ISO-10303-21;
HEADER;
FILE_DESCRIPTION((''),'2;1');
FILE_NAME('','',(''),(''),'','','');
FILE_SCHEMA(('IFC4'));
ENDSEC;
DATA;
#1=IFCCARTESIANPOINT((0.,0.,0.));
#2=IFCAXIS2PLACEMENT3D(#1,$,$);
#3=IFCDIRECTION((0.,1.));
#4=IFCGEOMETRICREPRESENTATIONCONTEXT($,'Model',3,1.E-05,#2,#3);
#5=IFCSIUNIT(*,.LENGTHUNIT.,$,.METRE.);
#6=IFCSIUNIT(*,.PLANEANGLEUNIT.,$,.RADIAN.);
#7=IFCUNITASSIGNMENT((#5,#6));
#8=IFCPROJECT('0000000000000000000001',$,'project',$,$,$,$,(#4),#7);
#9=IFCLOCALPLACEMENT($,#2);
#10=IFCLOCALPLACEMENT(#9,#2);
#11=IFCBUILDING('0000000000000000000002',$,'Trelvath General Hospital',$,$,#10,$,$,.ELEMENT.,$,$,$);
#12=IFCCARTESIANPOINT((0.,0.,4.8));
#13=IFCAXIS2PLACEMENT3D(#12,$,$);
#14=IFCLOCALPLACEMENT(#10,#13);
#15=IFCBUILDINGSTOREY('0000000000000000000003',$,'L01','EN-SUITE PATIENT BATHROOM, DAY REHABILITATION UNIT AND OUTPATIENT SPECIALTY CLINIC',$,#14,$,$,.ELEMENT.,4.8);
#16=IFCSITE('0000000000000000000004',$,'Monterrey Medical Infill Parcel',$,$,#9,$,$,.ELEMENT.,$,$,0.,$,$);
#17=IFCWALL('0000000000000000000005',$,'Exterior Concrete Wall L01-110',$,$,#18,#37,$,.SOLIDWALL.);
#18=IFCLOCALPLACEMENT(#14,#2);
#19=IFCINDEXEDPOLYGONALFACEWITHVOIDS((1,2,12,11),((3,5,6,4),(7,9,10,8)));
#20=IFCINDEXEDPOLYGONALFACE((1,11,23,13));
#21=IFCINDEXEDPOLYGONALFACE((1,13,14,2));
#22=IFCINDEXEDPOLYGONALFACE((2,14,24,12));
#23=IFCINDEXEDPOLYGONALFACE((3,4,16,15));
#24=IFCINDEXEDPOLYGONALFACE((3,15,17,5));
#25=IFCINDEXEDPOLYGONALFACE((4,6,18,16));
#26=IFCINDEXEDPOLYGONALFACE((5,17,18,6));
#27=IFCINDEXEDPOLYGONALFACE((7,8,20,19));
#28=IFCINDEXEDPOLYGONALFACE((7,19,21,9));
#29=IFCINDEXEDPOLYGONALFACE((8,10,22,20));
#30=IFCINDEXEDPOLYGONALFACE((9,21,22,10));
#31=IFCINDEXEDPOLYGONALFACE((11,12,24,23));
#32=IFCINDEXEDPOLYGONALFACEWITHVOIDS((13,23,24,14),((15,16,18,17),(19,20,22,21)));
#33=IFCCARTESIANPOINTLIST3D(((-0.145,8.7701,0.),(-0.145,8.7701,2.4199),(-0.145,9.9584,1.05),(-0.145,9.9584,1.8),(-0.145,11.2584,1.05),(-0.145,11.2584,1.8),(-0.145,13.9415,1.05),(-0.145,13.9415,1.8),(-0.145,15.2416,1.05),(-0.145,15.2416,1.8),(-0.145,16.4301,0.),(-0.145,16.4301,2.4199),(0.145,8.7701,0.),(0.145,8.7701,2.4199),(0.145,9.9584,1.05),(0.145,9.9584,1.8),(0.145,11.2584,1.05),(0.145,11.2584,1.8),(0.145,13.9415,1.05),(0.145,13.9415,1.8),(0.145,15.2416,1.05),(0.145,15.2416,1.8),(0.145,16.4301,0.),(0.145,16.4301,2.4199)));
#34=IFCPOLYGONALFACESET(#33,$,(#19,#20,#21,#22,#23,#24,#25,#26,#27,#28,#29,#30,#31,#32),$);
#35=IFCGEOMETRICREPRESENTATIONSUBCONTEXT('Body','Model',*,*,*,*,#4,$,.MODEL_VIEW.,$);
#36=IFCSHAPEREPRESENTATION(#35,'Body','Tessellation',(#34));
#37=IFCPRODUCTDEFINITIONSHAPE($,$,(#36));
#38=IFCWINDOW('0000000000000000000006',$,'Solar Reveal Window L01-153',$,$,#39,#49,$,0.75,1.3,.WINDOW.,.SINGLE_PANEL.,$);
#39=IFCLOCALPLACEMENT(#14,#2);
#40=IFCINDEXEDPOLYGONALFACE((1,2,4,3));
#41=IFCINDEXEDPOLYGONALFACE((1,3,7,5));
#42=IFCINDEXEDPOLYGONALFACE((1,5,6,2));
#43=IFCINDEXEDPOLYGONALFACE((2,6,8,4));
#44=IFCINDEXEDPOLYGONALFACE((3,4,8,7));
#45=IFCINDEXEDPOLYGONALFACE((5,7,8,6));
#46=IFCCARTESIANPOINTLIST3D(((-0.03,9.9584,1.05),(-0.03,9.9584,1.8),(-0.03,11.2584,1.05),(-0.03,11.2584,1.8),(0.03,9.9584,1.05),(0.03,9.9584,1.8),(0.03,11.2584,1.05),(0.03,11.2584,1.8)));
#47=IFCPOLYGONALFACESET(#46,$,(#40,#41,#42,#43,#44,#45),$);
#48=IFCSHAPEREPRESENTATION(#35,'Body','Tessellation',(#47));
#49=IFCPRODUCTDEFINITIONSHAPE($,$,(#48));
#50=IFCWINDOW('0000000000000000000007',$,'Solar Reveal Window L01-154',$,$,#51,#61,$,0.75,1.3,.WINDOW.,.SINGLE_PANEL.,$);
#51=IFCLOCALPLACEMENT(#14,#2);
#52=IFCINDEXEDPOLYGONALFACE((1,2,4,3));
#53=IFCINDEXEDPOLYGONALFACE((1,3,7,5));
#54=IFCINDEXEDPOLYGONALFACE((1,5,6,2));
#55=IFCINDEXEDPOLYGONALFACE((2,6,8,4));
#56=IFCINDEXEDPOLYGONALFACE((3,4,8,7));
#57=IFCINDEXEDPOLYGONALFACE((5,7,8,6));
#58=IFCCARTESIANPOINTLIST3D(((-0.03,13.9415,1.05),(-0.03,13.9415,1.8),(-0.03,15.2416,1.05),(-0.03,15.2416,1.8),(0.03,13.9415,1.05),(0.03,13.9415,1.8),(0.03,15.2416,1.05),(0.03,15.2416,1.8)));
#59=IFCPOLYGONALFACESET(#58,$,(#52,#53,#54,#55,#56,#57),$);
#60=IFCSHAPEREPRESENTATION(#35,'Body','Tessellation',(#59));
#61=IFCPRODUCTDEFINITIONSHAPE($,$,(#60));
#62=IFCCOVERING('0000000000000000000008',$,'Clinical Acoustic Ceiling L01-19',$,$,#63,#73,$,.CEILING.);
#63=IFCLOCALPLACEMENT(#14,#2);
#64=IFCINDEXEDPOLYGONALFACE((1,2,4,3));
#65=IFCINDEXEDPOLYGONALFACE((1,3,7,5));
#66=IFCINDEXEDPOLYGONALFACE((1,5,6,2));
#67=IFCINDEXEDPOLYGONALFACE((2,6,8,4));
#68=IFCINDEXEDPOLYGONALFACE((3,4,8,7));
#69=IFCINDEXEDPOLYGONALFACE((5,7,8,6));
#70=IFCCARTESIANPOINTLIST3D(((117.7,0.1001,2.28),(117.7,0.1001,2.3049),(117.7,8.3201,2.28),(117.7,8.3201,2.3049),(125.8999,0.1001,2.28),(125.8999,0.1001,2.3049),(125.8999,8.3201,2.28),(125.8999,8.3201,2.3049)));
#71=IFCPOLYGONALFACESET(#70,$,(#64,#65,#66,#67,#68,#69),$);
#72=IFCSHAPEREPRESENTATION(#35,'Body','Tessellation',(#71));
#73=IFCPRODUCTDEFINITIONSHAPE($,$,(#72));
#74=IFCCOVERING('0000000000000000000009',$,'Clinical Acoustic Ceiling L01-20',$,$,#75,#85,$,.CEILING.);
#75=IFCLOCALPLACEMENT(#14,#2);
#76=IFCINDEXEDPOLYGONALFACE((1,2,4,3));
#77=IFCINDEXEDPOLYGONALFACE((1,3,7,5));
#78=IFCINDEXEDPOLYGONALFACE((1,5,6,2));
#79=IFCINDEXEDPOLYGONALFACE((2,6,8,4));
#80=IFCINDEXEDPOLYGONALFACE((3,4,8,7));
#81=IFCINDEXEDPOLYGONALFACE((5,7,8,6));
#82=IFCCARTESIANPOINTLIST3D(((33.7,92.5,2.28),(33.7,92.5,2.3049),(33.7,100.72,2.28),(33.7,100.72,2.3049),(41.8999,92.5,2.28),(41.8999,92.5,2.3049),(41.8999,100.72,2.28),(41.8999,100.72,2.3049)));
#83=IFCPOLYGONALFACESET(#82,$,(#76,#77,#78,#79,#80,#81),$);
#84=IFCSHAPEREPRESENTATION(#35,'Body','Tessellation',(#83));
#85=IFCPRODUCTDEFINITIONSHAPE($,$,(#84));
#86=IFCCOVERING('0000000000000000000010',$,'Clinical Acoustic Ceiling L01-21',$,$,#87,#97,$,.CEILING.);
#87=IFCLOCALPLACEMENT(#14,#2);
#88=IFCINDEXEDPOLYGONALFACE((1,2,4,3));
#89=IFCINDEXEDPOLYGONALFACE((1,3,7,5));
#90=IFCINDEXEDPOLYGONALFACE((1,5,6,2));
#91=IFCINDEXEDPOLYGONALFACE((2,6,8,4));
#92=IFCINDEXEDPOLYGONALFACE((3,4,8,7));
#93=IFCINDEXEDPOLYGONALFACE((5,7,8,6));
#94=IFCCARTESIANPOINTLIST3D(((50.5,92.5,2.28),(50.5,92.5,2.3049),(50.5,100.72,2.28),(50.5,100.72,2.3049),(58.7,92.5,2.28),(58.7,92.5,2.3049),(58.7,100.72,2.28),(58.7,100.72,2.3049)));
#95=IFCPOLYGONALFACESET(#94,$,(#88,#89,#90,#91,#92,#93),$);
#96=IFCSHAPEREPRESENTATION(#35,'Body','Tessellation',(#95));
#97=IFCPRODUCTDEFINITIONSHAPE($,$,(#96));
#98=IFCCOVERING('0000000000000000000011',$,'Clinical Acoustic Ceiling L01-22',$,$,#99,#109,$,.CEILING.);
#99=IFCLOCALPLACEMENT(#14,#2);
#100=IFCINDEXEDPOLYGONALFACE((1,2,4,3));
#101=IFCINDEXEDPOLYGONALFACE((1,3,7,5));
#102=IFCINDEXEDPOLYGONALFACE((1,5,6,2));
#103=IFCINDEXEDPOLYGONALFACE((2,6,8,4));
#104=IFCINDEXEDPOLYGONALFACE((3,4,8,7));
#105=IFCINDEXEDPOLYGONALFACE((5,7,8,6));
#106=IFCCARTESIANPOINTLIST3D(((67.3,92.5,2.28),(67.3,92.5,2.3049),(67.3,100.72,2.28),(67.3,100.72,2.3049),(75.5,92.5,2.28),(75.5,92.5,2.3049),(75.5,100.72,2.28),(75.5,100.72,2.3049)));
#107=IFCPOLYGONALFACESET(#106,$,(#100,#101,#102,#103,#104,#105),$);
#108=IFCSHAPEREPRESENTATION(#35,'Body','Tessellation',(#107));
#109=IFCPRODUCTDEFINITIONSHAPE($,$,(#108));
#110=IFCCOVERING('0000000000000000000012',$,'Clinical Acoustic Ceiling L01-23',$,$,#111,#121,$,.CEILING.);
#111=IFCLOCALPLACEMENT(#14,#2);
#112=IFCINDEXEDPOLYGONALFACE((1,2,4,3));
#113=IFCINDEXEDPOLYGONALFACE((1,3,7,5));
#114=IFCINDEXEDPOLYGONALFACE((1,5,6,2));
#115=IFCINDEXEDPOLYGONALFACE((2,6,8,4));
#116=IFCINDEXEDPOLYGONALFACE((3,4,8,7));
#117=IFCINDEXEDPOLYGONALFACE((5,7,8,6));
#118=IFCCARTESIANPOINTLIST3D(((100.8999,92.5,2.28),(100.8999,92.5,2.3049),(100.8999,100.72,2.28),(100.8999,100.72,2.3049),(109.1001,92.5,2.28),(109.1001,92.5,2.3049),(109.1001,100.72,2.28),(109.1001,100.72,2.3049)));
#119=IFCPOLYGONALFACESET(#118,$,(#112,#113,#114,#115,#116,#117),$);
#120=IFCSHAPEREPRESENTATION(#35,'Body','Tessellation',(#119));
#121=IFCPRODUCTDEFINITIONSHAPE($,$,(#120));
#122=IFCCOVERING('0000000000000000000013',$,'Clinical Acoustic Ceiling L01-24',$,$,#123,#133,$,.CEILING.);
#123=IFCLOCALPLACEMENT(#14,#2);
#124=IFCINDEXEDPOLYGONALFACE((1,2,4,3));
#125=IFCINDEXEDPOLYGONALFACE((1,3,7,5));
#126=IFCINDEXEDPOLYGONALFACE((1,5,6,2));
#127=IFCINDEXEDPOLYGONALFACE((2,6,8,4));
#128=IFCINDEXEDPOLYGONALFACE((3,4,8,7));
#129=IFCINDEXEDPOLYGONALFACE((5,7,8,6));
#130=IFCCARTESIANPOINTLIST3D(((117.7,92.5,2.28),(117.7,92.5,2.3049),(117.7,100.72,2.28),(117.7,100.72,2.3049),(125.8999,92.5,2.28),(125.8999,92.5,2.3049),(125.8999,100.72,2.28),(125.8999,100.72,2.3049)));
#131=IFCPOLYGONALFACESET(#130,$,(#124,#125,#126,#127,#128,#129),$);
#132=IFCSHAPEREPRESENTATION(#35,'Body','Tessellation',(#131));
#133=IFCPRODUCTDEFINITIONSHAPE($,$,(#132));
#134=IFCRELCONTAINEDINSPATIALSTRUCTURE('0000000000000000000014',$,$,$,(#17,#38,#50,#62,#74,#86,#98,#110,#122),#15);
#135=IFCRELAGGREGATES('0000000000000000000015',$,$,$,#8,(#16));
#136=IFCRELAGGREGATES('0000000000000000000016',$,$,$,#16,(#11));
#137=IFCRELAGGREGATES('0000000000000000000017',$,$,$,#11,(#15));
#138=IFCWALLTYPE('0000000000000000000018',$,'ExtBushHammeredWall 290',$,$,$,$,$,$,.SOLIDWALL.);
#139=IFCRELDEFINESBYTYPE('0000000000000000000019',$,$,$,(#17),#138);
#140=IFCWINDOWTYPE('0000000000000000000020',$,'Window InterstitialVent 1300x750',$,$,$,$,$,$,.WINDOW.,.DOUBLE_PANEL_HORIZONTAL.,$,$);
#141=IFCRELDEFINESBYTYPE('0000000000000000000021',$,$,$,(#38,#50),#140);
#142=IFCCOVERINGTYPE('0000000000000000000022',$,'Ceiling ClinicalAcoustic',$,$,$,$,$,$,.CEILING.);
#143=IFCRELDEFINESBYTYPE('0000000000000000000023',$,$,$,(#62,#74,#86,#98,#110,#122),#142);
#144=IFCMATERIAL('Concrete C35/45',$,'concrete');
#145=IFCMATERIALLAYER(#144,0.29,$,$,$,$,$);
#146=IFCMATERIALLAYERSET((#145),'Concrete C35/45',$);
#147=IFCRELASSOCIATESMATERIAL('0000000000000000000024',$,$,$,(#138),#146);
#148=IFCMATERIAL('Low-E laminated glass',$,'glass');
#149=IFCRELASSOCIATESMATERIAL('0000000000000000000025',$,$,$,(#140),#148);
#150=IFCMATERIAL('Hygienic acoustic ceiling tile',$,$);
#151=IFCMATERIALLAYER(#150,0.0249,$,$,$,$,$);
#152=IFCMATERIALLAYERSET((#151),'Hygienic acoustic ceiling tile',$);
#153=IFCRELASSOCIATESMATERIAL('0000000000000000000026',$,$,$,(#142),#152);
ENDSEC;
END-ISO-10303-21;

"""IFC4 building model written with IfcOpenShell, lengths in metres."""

from ifc_helpers import new_model, si_unit, direction, frame, frame_2d, origin, place, context, subcontext, project, spatial, polyline, rectangle, outline, extrude, material, layer, layer_set, type_object, element, fill, save


model = new_model("IFC4")

# Units and contexts
model_context = context("Model", 3, precision=1e-05, world=origin(), true_north=direction((0.0, 1.0)))
body_context = subcontext(model_context, "Body", "Model", "MODEL_VIEW")
ifc_project = project(units=[si_unit("LENGTHUNIT", "METRE"), si_unit("PLANEANGLEUNIT", "RADIAN")], contexts=[model_context])

# Site, building, storey
site_placement = place(None, origin())
site = spatial("IfcSite", under=ifc_project, at=site_placement, Name="Monterrey Medical Infill Parcel", CompositionType="ELEMENT", RefElevation=0.0)
building_placement = place(site_placement, origin())
building = spatial("IfcBuilding", under=site, at=building_placement, Name="Trelvath General Hospital", CompositionType="ELEMENT")
storey_placement = place(building_placement, frame((0.0, 0.0, 4.8)))
storey = spatial("IfcBuildingStorey", under=building, at=storey_placement, Name="L01", Description="EN-SUITE PATIENT BATHROOM, DAY REHABILITATION UNIT AND OUTPATIENT SPECIALTY CLINIC", CompositionType="ELEMENT", Elevation=4.8)

# Wall, openings, windows
ifc_material_1 = material(Name="Concrete C35/45", Category="concrete")
ifc_layer_1 = layer(ifc_material_1, 0.29)
ifc_layer_set_1 = layer_set([ifc_layer_1], Name="Concrete C35/45")
wall_type_1 = type_object("IfcWallType", Name="ExtBushHammeredWall 290", PredefinedType="SOLIDWALL", material=ifc_layer_set_1)
wall_1_placement = place(storey_placement, frame((0.0, 8.77, 0.0), z_axis=(0.0, 0.0, 1.0), x_axis=(0.0, 1.0, 0.0)))
wall_1 = element("IfcWall", 1, at=wall_1_placement, inside=storey, type_object=wall_type_1, Name="Exterior Concrete Wall L01-110", PredefinedType="SOLIDWALL", context=body_context, shape_type="SweptSolid", body=[
    extrude(rectangle(XDim=7.6599, YDim=0.29, at=frame_2d((3.8301, 0.0))), origin(), (0.0, 0.0, 1.0), 2.4199),
])
opening_1_placement = place(wall_1_placement, frame((1.1885, 0.0, 1.05)))
opening_1 = element("IfcOpeningElement", 2, at=opening_1_placement, cuts=wall_1, PredefinedType="OPENING", context=body_context, shape_type="SweptSolid", body=[
    extrude(rectangle(XDim=1.3, YDim=0.75, at=frame_2d((0.6499, 0.375))), frame((0.0, 0.155, 0.0), z_axis=(0.0, -1.0, 0.0), x_axis=(1.0, 0.0, 0.0)), (0.0, 0.0, 1.0), 0.3101),
])
opening_2_placement = place(wall_1_placement, frame((5.1716, 0.0, 1.05)))
opening_2 = element("IfcOpeningElement", 3, at=opening_2_placement, cuts=wall_1, PredefinedType="OPENING", context=body_context, shape_type="SweptSolid", body=[
    extrude(rectangle(XDim=1.3, YDim=0.75, at=frame_2d((0.6499, 0.375))), frame((0.0, 0.155, 0.0), z_axis=(0.0, -1.0, 0.0), x_axis=(1.0, 0.0, 0.0)), (0.0, 0.0, 1.0), 0.3101),
])
ifc_material_2 = material(Name="Low-E laminated glass", Category="glass")
window_type_1 = type_object("IfcWindowType", Name="Window InterstitialVent 1300x750", PartitioningType="DOUBLE_PANEL_HORIZONTAL", PredefinedType="WINDOW", material=ifc_material_2)
window_1_placement = place(opening_1_placement, origin())
window_1 = element("IfcWindow", 4, at=window_1_placement, inside=storey, type_object=window_type_1, Name="Solar Reveal Window L01-153", OverallHeight=0.75, OverallWidth=1.3, PartitioningType="SINGLE_PANEL", PredefinedType="WINDOW", context=body_context, shape_type="SweptSolid", body=[
    extrude(rectangle(XDim=1.3, YDim=0.75, at=frame_2d((0.6499, 0.375))), frame((0.0, 0.03, 0.0), z_axis=(0.0, -1.0, 0.0), x_axis=(1.0, 0.0, 0.0)), (0.0, 0.0, 1.0), 0.0601),
])
fill(opening_1, window_1)
window_2_placement = place(opening_2_placement, origin())
window_2 = element("IfcWindow", 5, at=window_2_placement, inside=storey, type_object=window_type_1, Name="Solar Reveal Window L01-154", OverallHeight=0.75, OverallWidth=1.3, PartitioningType="SINGLE_PANEL", PredefinedType="WINDOW", context=body_context, shape_type="SweptSolid", body=[
    extrude(rectangle(XDim=1.3, YDim=0.75, at=frame_2d((0.6499, 0.375))), frame((0.0, 0.03, 0.0), z_axis=(0.0, -1.0, 0.0), x_axis=(1.0, 0.0, 0.0)), (0.0, 0.0, 1.0), 0.0601),
])
fill(opening_2, window_2)

# Coverings
ifc_material_3 = material(Name="Hygienic acoustic ceiling tile")
ifc_layer_2 = layer(ifc_material_3, 0.0249)
ifc_layer_set_2 = layer_set([ifc_layer_2], Name="Hygienic acoustic ceiling tile")
covering_type = type_object("IfcCoveringType", Name="Ceiling ClinicalAcoustic", PredefinedType="CEILING", material=ifc_layer_set_2)
covering_1_placement = place(storey_placement, frame((0.0, 0.0, 2.28)))
element("IfcCovering", 6, at=covering_1_placement, inside=storey, type_object=covering_type, Name="Clinical Acoustic Ceiling L01-19", PredefinedType="CEILING", context=body_context, shape_type="SweptSolid", body=[
    extrude(outline(polyline([(117.7, 0.1001), (125.8999, 0.1001), (125.8999, 8.3201), (117.7, 8.3201), (117.7, 0.1001)])), origin(), (0.0, 0.0, 1.0), 0.0249),
])
covering_2_placement = place(storey_placement, frame((0.0, 0.0, 2.28)))
element("IfcCovering", 7, at=covering_2_placement, inside=storey, type_object=covering_type, Name="Clinical Acoustic Ceiling L01-20", PredefinedType="CEILING", context=body_context, shape_type="SweptSolid", body=[
    extrude(outline(polyline([(33.7, 92.5), (41.8999, 92.5), (41.8999, 100.72), (33.7, 100.72), (33.7, 92.5)])), origin(), (0.0, 0.0, 1.0), 0.0249),
])
covering_3_placement = place(storey_placement, frame((0.0, 0.0, 2.28)))
element("IfcCovering", 8, at=covering_3_placement, inside=storey, type_object=covering_type, Name="Clinical Acoustic Ceiling L01-21", PredefinedType="CEILING", context=body_context, shape_type="SweptSolid", body=[
    extrude(outline(polyline([(50.5, 92.5), (58.7, 92.5), (58.7, 100.72), (50.5, 100.72), (50.5, 92.5)])), origin(), (0.0, 0.0, 1.0), 0.0249),
])
covering_4_placement = place(storey_placement, frame((0.0, 0.0, 2.28)))
element("IfcCovering", 9, at=covering_4_placement, inside=storey, type_object=covering_type, Name="Clinical Acoustic Ceiling L01-22", PredefinedType="CEILING", context=body_context, shape_type="SweptSolid", body=[
    extrude(outline(polyline([(67.3, 92.5), (75.5, 92.5), (75.5, 100.72), (67.3, 100.72), (67.3, 92.5)])), origin(), (0.0, 0.0, 1.0), 0.0249),
])
covering_5_placement = place(storey_placement, frame((0.0, 0.0, 2.28)))
element("IfcCovering", 10, at=covering_5_placement, inside=storey, type_object=covering_type, Name="Clinical Acoustic Ceiling L01-23", PredefinedType="CEILING", context=body_context, shape_type="SweptSolid", body=[
    extrude(outline(polyline([(100.8999, 92.5), (109.1001, 92.5), (109.1001, 100.72), (100.8999, 100.72), (100.8999, 92.5)])), origin(), (0.0, 0.0, 1.0), 0.0249),
])
covering_6_placement = place(storey_placement, frame((0.0, 0.0, 2.28)))
element("IfcCovering", 11, at=covering_6_placement, inside=storey, type_object=covering_type, Name="Clinical Acoustic Ceiling L01-24", PredefinedType="CEILING", context=body_context, shape_type="SweptSolid", body=[
    extrude(outline(polyline([(117.7, 92.5), (125.8999, 92.5), (125.8999, 100.72), (117.7, 100.72), (117.7, 92.5)])), origin(), (0.0, 0.0, 1.0), 0.0249),
])

save(model, "model.ifc")
